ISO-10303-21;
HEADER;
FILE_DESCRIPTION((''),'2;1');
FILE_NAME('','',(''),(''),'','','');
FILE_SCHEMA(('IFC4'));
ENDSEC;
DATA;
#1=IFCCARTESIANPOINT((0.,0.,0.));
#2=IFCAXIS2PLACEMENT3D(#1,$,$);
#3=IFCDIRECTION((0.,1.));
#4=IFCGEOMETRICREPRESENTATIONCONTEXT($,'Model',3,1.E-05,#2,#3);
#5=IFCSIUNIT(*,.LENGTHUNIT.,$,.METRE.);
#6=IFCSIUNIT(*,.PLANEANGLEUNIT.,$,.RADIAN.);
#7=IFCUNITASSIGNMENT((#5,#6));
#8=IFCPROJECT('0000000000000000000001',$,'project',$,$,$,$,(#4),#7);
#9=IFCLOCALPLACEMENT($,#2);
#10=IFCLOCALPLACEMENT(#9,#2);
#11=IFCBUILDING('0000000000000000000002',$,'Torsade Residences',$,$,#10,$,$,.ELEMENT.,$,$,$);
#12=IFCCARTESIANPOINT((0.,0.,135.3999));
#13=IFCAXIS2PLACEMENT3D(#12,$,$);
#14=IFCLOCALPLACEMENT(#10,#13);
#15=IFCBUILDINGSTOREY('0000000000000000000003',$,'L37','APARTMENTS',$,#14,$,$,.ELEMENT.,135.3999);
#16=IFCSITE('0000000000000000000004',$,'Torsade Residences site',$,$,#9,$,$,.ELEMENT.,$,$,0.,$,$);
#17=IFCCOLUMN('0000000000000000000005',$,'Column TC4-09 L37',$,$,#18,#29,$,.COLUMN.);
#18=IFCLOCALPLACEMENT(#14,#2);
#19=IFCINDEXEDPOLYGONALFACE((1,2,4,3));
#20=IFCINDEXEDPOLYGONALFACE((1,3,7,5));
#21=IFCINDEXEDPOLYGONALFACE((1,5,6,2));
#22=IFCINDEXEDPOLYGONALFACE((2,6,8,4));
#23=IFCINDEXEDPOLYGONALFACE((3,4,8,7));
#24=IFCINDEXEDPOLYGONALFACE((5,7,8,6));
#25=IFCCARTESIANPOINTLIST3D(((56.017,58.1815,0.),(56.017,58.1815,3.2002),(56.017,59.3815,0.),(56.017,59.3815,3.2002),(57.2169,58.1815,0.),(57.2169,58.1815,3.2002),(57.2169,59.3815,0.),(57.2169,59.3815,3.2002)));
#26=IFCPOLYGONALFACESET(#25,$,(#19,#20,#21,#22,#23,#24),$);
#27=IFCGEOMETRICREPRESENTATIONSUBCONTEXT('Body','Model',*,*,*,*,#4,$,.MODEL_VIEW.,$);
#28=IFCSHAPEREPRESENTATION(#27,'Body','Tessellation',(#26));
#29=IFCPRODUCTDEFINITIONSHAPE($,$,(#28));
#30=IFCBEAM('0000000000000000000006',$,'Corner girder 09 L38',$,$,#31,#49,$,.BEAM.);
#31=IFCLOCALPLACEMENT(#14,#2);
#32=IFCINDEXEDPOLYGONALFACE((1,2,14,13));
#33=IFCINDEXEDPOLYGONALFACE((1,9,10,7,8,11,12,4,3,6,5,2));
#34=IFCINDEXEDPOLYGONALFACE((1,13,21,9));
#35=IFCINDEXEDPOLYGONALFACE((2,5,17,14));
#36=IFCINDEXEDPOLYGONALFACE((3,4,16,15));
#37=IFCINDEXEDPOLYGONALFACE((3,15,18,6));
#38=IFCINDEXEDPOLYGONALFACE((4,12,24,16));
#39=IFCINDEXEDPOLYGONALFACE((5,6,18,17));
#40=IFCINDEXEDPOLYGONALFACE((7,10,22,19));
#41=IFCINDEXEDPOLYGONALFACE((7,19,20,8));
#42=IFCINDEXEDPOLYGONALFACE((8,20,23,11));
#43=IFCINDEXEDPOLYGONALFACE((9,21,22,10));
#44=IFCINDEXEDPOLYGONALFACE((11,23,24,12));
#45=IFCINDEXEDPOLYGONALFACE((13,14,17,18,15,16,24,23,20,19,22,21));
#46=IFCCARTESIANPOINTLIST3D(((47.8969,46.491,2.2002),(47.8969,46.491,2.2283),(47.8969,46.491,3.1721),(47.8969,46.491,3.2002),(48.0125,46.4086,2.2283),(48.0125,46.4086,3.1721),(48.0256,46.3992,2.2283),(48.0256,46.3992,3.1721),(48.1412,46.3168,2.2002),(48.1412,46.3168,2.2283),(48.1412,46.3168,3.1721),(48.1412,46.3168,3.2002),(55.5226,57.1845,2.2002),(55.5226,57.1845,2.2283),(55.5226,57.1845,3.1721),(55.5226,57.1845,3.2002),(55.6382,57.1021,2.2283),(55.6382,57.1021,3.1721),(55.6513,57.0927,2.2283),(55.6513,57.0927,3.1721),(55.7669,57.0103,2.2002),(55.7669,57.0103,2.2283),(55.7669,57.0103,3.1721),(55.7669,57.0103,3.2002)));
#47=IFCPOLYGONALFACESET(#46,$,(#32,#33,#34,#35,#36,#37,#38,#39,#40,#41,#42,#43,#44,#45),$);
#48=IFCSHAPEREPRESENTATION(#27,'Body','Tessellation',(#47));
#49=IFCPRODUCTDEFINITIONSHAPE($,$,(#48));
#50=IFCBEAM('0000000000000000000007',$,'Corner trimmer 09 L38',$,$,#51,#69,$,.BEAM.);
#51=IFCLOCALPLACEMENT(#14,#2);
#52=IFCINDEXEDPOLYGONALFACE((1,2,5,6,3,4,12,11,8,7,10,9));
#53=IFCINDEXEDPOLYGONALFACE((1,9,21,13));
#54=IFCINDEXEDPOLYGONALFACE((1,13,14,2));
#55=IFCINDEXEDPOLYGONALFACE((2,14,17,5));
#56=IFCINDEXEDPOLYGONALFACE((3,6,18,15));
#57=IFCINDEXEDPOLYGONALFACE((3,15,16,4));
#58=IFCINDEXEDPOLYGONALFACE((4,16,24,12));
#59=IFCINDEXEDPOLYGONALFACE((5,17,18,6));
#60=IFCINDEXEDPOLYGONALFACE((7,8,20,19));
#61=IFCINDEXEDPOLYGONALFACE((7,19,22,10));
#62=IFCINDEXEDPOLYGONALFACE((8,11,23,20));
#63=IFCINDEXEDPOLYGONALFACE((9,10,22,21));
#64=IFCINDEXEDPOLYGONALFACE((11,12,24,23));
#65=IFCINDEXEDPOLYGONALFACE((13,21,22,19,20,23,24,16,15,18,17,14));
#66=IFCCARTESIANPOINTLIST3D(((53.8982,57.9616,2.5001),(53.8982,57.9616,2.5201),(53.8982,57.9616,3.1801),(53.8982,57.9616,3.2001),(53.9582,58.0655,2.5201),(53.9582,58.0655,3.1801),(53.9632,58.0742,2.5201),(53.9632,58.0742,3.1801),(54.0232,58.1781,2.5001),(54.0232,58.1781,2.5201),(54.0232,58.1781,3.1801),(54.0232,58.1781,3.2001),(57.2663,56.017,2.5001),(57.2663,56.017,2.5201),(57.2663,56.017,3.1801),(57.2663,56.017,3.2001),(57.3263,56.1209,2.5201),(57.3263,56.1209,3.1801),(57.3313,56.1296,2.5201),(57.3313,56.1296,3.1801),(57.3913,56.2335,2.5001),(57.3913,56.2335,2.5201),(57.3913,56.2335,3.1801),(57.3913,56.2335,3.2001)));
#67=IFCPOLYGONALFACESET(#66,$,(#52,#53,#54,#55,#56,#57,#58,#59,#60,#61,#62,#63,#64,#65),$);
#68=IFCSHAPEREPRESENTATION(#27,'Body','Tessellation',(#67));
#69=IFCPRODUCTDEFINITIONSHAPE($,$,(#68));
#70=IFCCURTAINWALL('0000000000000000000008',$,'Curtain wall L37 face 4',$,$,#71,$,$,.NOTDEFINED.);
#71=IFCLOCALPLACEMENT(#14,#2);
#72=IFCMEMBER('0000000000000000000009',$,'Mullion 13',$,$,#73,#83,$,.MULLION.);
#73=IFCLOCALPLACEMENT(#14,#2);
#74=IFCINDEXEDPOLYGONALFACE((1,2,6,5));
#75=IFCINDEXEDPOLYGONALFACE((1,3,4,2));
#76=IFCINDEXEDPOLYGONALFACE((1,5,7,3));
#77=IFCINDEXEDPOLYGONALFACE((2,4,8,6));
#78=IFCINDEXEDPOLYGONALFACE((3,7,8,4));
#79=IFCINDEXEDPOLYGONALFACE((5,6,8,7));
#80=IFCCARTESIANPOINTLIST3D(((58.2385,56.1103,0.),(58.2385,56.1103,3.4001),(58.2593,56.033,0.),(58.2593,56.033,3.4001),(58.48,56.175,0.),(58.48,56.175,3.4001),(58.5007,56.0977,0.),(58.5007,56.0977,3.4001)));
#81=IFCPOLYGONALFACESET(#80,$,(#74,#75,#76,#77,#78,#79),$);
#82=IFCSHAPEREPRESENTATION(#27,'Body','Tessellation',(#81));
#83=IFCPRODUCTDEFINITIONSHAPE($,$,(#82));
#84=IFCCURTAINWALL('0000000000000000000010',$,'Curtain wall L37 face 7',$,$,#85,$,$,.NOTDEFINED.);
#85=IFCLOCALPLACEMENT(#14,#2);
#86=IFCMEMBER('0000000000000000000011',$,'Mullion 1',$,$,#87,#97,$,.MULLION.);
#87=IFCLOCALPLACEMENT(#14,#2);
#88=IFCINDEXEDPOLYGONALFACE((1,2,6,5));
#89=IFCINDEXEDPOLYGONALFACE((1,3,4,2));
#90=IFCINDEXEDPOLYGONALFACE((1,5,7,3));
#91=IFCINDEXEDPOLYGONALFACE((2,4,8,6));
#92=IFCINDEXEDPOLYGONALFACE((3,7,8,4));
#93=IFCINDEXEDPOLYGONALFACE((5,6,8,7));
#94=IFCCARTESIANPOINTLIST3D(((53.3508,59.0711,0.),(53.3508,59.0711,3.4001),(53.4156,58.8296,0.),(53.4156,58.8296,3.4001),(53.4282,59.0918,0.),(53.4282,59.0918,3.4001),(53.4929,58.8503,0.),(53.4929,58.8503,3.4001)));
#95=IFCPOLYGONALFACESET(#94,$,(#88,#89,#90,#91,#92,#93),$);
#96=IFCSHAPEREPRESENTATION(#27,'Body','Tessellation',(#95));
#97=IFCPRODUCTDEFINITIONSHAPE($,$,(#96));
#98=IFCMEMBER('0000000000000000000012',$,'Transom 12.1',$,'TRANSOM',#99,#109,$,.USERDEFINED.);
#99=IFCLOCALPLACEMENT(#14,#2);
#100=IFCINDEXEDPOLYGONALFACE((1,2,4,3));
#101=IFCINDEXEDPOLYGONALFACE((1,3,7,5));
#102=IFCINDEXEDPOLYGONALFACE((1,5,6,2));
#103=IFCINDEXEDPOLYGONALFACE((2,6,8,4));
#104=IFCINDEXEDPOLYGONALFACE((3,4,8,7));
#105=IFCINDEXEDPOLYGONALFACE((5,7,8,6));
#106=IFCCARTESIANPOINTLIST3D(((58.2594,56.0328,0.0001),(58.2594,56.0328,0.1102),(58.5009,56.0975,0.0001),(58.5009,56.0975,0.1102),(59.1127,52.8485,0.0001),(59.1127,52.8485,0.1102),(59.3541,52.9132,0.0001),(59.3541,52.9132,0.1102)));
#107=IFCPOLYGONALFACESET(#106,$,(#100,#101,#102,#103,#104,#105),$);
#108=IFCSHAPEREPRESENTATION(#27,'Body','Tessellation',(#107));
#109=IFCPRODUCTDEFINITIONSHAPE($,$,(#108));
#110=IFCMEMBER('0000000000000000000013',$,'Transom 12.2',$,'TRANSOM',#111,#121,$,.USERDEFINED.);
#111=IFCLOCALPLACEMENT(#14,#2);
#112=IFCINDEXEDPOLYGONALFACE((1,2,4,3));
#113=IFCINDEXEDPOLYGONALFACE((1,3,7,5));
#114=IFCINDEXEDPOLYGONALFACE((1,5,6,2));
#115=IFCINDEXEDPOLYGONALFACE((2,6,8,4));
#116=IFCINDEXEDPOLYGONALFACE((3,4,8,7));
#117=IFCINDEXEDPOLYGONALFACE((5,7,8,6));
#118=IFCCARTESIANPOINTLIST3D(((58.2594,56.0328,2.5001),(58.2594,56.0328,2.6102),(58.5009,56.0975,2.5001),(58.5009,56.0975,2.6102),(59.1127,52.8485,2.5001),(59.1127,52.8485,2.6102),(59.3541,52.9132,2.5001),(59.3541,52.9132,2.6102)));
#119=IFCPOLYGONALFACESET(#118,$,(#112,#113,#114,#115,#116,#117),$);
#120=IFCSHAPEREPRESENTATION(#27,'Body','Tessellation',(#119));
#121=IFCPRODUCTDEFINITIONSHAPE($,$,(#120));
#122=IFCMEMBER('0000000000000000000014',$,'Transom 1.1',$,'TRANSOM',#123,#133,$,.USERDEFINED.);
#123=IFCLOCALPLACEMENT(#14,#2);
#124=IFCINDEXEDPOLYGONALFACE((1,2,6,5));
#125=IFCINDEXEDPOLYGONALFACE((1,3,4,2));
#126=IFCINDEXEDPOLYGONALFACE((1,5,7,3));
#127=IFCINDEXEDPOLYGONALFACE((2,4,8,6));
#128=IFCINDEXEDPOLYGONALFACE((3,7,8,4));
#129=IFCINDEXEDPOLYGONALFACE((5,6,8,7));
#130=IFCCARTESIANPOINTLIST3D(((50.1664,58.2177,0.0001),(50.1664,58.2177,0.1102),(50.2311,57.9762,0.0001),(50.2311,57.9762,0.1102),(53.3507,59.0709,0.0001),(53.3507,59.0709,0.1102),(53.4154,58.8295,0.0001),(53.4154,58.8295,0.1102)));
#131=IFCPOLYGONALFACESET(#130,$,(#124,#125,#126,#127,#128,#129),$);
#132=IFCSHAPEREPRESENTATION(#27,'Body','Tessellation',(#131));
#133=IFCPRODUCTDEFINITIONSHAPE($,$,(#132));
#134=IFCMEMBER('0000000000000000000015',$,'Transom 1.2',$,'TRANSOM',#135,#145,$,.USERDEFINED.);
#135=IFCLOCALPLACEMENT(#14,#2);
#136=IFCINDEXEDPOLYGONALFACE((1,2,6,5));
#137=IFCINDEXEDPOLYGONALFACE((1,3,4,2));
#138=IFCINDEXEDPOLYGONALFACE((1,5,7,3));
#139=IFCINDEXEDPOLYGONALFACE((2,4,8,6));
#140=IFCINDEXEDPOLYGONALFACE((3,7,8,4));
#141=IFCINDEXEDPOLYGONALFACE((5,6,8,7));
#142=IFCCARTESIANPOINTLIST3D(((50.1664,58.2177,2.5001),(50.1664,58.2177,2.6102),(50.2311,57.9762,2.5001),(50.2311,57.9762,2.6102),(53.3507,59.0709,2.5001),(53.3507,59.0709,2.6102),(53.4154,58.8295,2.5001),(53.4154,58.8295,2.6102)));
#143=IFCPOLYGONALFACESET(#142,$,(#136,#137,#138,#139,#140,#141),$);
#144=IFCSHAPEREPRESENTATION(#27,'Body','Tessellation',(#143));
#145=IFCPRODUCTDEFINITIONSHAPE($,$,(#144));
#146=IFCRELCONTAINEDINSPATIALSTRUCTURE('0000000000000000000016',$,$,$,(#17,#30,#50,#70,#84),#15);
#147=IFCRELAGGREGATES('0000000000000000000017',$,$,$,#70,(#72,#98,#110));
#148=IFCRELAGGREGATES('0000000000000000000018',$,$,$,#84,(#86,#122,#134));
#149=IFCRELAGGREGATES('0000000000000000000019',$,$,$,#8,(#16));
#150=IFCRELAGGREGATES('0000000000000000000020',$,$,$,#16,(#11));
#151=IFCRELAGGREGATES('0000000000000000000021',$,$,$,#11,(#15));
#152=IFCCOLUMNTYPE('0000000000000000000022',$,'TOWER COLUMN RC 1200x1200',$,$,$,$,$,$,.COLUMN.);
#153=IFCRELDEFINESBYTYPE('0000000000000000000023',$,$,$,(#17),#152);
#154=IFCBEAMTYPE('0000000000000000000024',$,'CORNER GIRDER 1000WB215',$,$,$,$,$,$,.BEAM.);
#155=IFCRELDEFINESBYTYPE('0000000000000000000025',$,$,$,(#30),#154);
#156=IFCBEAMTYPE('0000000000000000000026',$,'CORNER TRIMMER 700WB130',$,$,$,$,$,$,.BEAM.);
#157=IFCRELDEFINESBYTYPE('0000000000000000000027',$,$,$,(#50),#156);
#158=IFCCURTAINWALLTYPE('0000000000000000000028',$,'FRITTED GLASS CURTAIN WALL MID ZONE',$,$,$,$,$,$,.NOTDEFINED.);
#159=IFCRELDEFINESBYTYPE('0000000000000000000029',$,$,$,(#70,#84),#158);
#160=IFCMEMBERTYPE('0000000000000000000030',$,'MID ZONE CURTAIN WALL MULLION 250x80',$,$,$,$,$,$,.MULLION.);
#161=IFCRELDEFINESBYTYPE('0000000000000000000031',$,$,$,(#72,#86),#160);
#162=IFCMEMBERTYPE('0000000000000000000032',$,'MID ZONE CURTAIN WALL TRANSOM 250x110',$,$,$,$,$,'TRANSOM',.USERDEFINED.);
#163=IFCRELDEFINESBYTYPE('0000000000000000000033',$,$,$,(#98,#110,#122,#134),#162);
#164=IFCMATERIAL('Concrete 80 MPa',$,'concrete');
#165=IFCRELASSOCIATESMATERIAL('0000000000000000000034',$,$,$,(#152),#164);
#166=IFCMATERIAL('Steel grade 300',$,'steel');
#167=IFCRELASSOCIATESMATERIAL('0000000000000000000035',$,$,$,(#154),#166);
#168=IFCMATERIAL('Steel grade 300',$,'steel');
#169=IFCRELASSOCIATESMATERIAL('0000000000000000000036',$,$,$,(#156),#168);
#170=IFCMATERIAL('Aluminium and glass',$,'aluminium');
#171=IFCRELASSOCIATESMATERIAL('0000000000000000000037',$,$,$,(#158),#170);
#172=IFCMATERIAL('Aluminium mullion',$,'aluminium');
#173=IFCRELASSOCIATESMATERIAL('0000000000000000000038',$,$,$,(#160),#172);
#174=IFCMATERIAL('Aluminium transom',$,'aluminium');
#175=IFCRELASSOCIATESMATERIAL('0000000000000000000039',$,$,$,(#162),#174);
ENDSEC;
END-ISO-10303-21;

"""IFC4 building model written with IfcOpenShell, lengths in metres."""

from ifc_helpers import new_model, si_unit, direction, frame, origin, origin_2d, place, context, subcontext, project, spatial, rectangle, i_section, extrude, material, material_profile, profile_set, type_object, element, aggregate, save


model = new_model("IFC4")

# Units and contexts
model_context = context("Model", 3, precision=1e-05, world=origin(), true_north=direction((0.0, 1.0)))
body_context = subcontext(model_context, "Body", "Model", "MODEL_VIEW")
ifc_project = project(units=[si_unit("LENGTHUNIT", "METRE"), si_unit("PLANEANGLEUNIT", "RADIAN")], contexts=[model_context])

# Site, building, storey
site_placement = place(None, origin())
site = spatial("IfcSite", under=ifc_project, at=site_placement, Name="Torsade Residences site", CompositionType="ELEMENT", RefElevation=0.0)
building_placement = place(site_placement, origin())
building = spatial("IfcBuilding", under=site, at=building_placement, Name="Torsade Residences", CompositionType="ELEMENT")
storey_placement = place(building_placement, frame((0.0, 0.0, 135.3999)))
storey = spatial("IfcBuildingStorey", under=building, at=storey_placement, Name="L37", Description="APARTMENTS", CompositionType="ELEMENT", Elevation=135.3999)

# Column
ifc_material_1 = material(Name="Concrete 80 MPa", Category="concrete")
ifc_material_profile_1 = material_profile(ifc_material_1, rectangle(XDim=1.2, YDim=1.2, at=origin_2d()), Name="RC 1200x1200")
ifc_profile_set_1 = profile_set([ifc_material_profile_1], Name="Concrete 80 MPa")
column_type = type_object("IfcColumnType", Name="TOWER COLUMN RC 1200x1200", PredefinedType="COLUMN", material=ifc_profile_set_1)
column_placement = place(storey_placement, frame((56.6169, 58.7815, 0.0), z_axis=(0.0, 0.0, 1.0), x_axis=(1.0, 0.0, 0.0)))
element("IfcColumn", 1, at=column_placement, inside=storey, type_object=column_type, Name="Column TC4-09 L37", PredefinedType="COLUMN", context=body_context, shape_type="SweptSolid", body=[
    extrude(rectangle(XDim=1.2, YDim=1.2, at=origin_2d()), origin(), (0.0, 0.0, 1.0), 3.2002),
])

# Beams
ifc_material_2 = material(Name="Steel grade 300", Category="steel")
ifc_material_profile_2 = material_profile(ifc_material_2, i_section(OverallWidth=0.3, OverallDepth=1.0, WebThickness=0.0161, FlangeThickness=0.0281, at=origin_2d()), Name="1000WB215")
ifc_profile_set_2 = profile_set([ifc_material_profile_2], Name="Steel grade 300")
beam_type_1 = type_object("IfcBeamType", Name="CORNER GIRDER 1000WB215", PredefinedType="BEAM", material=ifc_profile_set_2)
beam_1_placement = place(storey_placement, frame((55.6448, 57.0974, 2.7002), z_axis=(-0.580605, -0.814185, 0.0), x_axis=(0.814185, -0.580605, 0.0)))
element("IfcBeam", 2, at=beam_1_placement, inside=storey, type_object=beam_type_1, Name="Corner girder 09 L38", PredefinedType="BEAM", context=body_context, shape_type="SweptSolid", body=[
    extrude(i_section(OverallWidth=0.3, OverallDepth=1.0, WebThickness=0.0161, FlangeThickness=0.0281, at=origin_2d()), origin(), (0.0, 0.0, 1.0), 13.134),
])
ifc_material_3 = material(Name="Steel grade 300", Category="steel")
ifc_material_profile_3 = material_profile(ifc_material_3, i_section(OverallWidth=0.25, OverallDepth=0.7, WebThickness=0.01, FlangeThickness=0.02, at=origin_2d()), Name="700WB130")
ifc_profile_set_3 = profile_set([ifc_material_profile_3], Name="Steel grade 300")
beam_type_2 = type_object("IfcBeamType", Name="CORNER TRIMMER 700WB130", PredefinedType="BEAM", material=ifc_profile_set_3)
beam_2_placement = place(storey_placement, frame((53.9607, 58.0698, 2.8501), z_axis=(0.866029, -0.499994, 0.0), x_axis=(0.499994, 0.866029, 0.0)))
element("IfcBeam", 3, at=beam_2_placement, inside=storey, type_object=beam_type_2, Name="Corner trimmer 09 L38", PredefinedType="BEAM", context=body_context, shape_type="SweptSolid", body=[
    extrude(i_section(OverallWidth=0.25, OverallDepth=0.7, WebThickness=0.01, FlangeThickness=0.02, at=origin_2d()), origin(), (0.0, 0.0, 1.0), 3.8892),
])

# Curtain walls, members
ifc_material_4 = material(Name="Aluminium and glass", Category="aluminium")
curtain_wall_type = type_object("IfcCurtainWallType", Name="FRITTED GLASS CURTAIN WALL MID ZONE", PredefinedType="NOTDEFINED", material=ifc_material_4)
curtain_wall_1_placement = place(storey_placement, origin())
curtain_wall_1 = element("IfcCurtainWall", 4, at=curtain_wall_1_placement, inside=storey, type_object=curtain_wall_type, Name="Curtain wall L37 face 4", PredefinedType="NOTDEFINED")
ifc_material_5 = material(Name="Aluminium mullion", Category="aluminium")
ifc_material_profile_4 = material_profile(ifc_material_5, rectangle(XDim=0.25, YDim=0.0801, at=origin_2d()), Name="MID ZONE CURTAIN WALL MULLION 250x80")
ifc_profile_set_4 = profile_set([ifc_material_profile_4], Name="Aluminium mullion")
member_type_1 = type_object("IfcMemberType", Name="MID ZONE CURTAIN WALL MULLION 250x80", PredefinedType="MULLION", material=ifc_profile_set_4)
member_1_placement = place(storey_placement, frame((58.3696, 56.104, 0.0), z_axis=(0.0, 0.0, 1.0), x_axis=(-0.965926, -0.258819, 0.0)))
member_1 = element("IfcMember", 5, at=member_1_placement, type_object=member_type_1, Name="Mullion 13", PredefinedType="MULLION", context=body_context, shape_type="SweptSolid", body=[
    extrude(rectangle(XDim=0.25, YDim=0.0801, at=origin_2d()), origin(), (0.0, 0.0, 1.0), 3.4001),
])
curtain_wall_2_placement = place(storey_placement, origin())
curtain_wall_2 = element("IfcCurtainWall", 6, at=curtain_wall_2_placement, inside=storey, type_object=curtain_wall_type, Name="Curtain wall L37 face 7", PredefinedType="NOTDEFINED")
member_2_placement = place(storey_placement, frame((53.4219, 58.9607, 0.0), z_axis=(0.0, 0.0, 1.0), x_axis=(0.258819, -0.965926, 0.0)))
member_2 = element("IfcMember", 7, at=member_2_placement, type_object=member_type_1, Name="Mullion 1", PredefinedType="MULLION", context=body_context, shape_type="SweptSolid", body=[
    extrude(rectangle(XDim=0.25, YDim=0.0801, at=origin_2d()), origin(), (0.0, 0.0, 1.0), 3.4001),
])

# Members
ifc_material_6 = material(Name="Aluminium transom", Category="aluminium")
ifc_material_profile_5 = material_profile(ifc_material_6, rectangle(XDim=0.25, YDim=0.1101, at=origin_2d()), Name="MID ZONE CURTAIN WALL TRANSOM 250x110")
ifc_profile_set_5 = profile_set([ifc_material_profile_5], Name="Aluminium transom")
member_type_2 = type_object("IfcMemberType", Name="MID ZONE CURTAIN WALL TRANSOM 250x110", ElementType="TRANSOM", PredefinedType="USERDEFINED", material=ifc_profile_set_5)
member_3_placement = place(storey_placement, frame((59.2334, 52.8809, 0.0552), z_axis=(-0.258829, 0.965923, 0.0), x_axis=(-0.965923, -0.258829, 0.0)))
member_3 = element("IfcMember", 8, at=member_3_placement, type_object=member_type_2, Name="Transom 12.1", ObjectType="TRANSOM", PredefinedType="USERDEFINED", context=body_context, shape_type="SweptSolid", body=[
    extrude(rectangle(XDim=0.25, YDim=0.1101, at=origin_2d()), origin(), (0.0, 0.0, 1.0), 3.2966),
])
member_4_placement = place(storey_placement, frame((59.2334, 52.8809, 2.5552), z_axis=(-0.258829, 0.965923, 0.0), x_axis=(-0.965923, -0.258829, 0.0)))
member_4 = element("IfcMember", 9, at=member_4_placement, type_object=member_type_2, Name="Transom 12.2", ObjectType="TRANSOM", PredefinedType="USERDEFINED", context=body_context, shape_type="SweptSolid", body=[
    extrude(rectangle(XDim=0.25, YDim=0.1101, at=origin_2d()), origin(), (0.0, 0.0, 1.0), 3.2966),
])
member_5_placement = place(storey_placement, frame((53.3831, 58.9502, 0.0552), z_axis=(-0.965923, -0.258829, 0.0), x_axis=(0.258829, -0.965923, 0.0)))
member_5 = element("IfcMember", 10, at=member_5_placement, type_object=member_type_2, Name="Transom 1.1", ObjectType="TRANSOM", PredefinedType="USERDEFINED", context=body_context, shape_type="SweptSolid", body=[
    extrude(rectangle(XDim=0.25, YDim=0.1101, at=origin_2d()), origin(), (0.0, 0.0, 1.0), 3.2966),
])
member_6_placement = place(storey_placement, frame((53.3831, 58.9502, 2.5552), z_axis=(-0.965923, -0.258829, 0.0), x_axis=(0.258829, -0.965923, 0.0)))
member_6 = element("IfcMember", 11, at=member_6_placement, type_object=member_type_2, Name="Transom 1.2", ObjectType="TRANSOM", PredefinedType="USERDEFINED", context=body_context, shape_type="SweptSolid", body=[
    extrude(rectangle(XDim=0.25, YDim=0.1101, at=origin_2d()), origin(), (0.0, 0.0, 1.0), 3.2966),
])

aggregate(curtain_wall_1, [member_1, member_3, member_4])
aggregate(curtain_wall_2, [member_2, member_5, member_6])

save(model, "model.ifc")
